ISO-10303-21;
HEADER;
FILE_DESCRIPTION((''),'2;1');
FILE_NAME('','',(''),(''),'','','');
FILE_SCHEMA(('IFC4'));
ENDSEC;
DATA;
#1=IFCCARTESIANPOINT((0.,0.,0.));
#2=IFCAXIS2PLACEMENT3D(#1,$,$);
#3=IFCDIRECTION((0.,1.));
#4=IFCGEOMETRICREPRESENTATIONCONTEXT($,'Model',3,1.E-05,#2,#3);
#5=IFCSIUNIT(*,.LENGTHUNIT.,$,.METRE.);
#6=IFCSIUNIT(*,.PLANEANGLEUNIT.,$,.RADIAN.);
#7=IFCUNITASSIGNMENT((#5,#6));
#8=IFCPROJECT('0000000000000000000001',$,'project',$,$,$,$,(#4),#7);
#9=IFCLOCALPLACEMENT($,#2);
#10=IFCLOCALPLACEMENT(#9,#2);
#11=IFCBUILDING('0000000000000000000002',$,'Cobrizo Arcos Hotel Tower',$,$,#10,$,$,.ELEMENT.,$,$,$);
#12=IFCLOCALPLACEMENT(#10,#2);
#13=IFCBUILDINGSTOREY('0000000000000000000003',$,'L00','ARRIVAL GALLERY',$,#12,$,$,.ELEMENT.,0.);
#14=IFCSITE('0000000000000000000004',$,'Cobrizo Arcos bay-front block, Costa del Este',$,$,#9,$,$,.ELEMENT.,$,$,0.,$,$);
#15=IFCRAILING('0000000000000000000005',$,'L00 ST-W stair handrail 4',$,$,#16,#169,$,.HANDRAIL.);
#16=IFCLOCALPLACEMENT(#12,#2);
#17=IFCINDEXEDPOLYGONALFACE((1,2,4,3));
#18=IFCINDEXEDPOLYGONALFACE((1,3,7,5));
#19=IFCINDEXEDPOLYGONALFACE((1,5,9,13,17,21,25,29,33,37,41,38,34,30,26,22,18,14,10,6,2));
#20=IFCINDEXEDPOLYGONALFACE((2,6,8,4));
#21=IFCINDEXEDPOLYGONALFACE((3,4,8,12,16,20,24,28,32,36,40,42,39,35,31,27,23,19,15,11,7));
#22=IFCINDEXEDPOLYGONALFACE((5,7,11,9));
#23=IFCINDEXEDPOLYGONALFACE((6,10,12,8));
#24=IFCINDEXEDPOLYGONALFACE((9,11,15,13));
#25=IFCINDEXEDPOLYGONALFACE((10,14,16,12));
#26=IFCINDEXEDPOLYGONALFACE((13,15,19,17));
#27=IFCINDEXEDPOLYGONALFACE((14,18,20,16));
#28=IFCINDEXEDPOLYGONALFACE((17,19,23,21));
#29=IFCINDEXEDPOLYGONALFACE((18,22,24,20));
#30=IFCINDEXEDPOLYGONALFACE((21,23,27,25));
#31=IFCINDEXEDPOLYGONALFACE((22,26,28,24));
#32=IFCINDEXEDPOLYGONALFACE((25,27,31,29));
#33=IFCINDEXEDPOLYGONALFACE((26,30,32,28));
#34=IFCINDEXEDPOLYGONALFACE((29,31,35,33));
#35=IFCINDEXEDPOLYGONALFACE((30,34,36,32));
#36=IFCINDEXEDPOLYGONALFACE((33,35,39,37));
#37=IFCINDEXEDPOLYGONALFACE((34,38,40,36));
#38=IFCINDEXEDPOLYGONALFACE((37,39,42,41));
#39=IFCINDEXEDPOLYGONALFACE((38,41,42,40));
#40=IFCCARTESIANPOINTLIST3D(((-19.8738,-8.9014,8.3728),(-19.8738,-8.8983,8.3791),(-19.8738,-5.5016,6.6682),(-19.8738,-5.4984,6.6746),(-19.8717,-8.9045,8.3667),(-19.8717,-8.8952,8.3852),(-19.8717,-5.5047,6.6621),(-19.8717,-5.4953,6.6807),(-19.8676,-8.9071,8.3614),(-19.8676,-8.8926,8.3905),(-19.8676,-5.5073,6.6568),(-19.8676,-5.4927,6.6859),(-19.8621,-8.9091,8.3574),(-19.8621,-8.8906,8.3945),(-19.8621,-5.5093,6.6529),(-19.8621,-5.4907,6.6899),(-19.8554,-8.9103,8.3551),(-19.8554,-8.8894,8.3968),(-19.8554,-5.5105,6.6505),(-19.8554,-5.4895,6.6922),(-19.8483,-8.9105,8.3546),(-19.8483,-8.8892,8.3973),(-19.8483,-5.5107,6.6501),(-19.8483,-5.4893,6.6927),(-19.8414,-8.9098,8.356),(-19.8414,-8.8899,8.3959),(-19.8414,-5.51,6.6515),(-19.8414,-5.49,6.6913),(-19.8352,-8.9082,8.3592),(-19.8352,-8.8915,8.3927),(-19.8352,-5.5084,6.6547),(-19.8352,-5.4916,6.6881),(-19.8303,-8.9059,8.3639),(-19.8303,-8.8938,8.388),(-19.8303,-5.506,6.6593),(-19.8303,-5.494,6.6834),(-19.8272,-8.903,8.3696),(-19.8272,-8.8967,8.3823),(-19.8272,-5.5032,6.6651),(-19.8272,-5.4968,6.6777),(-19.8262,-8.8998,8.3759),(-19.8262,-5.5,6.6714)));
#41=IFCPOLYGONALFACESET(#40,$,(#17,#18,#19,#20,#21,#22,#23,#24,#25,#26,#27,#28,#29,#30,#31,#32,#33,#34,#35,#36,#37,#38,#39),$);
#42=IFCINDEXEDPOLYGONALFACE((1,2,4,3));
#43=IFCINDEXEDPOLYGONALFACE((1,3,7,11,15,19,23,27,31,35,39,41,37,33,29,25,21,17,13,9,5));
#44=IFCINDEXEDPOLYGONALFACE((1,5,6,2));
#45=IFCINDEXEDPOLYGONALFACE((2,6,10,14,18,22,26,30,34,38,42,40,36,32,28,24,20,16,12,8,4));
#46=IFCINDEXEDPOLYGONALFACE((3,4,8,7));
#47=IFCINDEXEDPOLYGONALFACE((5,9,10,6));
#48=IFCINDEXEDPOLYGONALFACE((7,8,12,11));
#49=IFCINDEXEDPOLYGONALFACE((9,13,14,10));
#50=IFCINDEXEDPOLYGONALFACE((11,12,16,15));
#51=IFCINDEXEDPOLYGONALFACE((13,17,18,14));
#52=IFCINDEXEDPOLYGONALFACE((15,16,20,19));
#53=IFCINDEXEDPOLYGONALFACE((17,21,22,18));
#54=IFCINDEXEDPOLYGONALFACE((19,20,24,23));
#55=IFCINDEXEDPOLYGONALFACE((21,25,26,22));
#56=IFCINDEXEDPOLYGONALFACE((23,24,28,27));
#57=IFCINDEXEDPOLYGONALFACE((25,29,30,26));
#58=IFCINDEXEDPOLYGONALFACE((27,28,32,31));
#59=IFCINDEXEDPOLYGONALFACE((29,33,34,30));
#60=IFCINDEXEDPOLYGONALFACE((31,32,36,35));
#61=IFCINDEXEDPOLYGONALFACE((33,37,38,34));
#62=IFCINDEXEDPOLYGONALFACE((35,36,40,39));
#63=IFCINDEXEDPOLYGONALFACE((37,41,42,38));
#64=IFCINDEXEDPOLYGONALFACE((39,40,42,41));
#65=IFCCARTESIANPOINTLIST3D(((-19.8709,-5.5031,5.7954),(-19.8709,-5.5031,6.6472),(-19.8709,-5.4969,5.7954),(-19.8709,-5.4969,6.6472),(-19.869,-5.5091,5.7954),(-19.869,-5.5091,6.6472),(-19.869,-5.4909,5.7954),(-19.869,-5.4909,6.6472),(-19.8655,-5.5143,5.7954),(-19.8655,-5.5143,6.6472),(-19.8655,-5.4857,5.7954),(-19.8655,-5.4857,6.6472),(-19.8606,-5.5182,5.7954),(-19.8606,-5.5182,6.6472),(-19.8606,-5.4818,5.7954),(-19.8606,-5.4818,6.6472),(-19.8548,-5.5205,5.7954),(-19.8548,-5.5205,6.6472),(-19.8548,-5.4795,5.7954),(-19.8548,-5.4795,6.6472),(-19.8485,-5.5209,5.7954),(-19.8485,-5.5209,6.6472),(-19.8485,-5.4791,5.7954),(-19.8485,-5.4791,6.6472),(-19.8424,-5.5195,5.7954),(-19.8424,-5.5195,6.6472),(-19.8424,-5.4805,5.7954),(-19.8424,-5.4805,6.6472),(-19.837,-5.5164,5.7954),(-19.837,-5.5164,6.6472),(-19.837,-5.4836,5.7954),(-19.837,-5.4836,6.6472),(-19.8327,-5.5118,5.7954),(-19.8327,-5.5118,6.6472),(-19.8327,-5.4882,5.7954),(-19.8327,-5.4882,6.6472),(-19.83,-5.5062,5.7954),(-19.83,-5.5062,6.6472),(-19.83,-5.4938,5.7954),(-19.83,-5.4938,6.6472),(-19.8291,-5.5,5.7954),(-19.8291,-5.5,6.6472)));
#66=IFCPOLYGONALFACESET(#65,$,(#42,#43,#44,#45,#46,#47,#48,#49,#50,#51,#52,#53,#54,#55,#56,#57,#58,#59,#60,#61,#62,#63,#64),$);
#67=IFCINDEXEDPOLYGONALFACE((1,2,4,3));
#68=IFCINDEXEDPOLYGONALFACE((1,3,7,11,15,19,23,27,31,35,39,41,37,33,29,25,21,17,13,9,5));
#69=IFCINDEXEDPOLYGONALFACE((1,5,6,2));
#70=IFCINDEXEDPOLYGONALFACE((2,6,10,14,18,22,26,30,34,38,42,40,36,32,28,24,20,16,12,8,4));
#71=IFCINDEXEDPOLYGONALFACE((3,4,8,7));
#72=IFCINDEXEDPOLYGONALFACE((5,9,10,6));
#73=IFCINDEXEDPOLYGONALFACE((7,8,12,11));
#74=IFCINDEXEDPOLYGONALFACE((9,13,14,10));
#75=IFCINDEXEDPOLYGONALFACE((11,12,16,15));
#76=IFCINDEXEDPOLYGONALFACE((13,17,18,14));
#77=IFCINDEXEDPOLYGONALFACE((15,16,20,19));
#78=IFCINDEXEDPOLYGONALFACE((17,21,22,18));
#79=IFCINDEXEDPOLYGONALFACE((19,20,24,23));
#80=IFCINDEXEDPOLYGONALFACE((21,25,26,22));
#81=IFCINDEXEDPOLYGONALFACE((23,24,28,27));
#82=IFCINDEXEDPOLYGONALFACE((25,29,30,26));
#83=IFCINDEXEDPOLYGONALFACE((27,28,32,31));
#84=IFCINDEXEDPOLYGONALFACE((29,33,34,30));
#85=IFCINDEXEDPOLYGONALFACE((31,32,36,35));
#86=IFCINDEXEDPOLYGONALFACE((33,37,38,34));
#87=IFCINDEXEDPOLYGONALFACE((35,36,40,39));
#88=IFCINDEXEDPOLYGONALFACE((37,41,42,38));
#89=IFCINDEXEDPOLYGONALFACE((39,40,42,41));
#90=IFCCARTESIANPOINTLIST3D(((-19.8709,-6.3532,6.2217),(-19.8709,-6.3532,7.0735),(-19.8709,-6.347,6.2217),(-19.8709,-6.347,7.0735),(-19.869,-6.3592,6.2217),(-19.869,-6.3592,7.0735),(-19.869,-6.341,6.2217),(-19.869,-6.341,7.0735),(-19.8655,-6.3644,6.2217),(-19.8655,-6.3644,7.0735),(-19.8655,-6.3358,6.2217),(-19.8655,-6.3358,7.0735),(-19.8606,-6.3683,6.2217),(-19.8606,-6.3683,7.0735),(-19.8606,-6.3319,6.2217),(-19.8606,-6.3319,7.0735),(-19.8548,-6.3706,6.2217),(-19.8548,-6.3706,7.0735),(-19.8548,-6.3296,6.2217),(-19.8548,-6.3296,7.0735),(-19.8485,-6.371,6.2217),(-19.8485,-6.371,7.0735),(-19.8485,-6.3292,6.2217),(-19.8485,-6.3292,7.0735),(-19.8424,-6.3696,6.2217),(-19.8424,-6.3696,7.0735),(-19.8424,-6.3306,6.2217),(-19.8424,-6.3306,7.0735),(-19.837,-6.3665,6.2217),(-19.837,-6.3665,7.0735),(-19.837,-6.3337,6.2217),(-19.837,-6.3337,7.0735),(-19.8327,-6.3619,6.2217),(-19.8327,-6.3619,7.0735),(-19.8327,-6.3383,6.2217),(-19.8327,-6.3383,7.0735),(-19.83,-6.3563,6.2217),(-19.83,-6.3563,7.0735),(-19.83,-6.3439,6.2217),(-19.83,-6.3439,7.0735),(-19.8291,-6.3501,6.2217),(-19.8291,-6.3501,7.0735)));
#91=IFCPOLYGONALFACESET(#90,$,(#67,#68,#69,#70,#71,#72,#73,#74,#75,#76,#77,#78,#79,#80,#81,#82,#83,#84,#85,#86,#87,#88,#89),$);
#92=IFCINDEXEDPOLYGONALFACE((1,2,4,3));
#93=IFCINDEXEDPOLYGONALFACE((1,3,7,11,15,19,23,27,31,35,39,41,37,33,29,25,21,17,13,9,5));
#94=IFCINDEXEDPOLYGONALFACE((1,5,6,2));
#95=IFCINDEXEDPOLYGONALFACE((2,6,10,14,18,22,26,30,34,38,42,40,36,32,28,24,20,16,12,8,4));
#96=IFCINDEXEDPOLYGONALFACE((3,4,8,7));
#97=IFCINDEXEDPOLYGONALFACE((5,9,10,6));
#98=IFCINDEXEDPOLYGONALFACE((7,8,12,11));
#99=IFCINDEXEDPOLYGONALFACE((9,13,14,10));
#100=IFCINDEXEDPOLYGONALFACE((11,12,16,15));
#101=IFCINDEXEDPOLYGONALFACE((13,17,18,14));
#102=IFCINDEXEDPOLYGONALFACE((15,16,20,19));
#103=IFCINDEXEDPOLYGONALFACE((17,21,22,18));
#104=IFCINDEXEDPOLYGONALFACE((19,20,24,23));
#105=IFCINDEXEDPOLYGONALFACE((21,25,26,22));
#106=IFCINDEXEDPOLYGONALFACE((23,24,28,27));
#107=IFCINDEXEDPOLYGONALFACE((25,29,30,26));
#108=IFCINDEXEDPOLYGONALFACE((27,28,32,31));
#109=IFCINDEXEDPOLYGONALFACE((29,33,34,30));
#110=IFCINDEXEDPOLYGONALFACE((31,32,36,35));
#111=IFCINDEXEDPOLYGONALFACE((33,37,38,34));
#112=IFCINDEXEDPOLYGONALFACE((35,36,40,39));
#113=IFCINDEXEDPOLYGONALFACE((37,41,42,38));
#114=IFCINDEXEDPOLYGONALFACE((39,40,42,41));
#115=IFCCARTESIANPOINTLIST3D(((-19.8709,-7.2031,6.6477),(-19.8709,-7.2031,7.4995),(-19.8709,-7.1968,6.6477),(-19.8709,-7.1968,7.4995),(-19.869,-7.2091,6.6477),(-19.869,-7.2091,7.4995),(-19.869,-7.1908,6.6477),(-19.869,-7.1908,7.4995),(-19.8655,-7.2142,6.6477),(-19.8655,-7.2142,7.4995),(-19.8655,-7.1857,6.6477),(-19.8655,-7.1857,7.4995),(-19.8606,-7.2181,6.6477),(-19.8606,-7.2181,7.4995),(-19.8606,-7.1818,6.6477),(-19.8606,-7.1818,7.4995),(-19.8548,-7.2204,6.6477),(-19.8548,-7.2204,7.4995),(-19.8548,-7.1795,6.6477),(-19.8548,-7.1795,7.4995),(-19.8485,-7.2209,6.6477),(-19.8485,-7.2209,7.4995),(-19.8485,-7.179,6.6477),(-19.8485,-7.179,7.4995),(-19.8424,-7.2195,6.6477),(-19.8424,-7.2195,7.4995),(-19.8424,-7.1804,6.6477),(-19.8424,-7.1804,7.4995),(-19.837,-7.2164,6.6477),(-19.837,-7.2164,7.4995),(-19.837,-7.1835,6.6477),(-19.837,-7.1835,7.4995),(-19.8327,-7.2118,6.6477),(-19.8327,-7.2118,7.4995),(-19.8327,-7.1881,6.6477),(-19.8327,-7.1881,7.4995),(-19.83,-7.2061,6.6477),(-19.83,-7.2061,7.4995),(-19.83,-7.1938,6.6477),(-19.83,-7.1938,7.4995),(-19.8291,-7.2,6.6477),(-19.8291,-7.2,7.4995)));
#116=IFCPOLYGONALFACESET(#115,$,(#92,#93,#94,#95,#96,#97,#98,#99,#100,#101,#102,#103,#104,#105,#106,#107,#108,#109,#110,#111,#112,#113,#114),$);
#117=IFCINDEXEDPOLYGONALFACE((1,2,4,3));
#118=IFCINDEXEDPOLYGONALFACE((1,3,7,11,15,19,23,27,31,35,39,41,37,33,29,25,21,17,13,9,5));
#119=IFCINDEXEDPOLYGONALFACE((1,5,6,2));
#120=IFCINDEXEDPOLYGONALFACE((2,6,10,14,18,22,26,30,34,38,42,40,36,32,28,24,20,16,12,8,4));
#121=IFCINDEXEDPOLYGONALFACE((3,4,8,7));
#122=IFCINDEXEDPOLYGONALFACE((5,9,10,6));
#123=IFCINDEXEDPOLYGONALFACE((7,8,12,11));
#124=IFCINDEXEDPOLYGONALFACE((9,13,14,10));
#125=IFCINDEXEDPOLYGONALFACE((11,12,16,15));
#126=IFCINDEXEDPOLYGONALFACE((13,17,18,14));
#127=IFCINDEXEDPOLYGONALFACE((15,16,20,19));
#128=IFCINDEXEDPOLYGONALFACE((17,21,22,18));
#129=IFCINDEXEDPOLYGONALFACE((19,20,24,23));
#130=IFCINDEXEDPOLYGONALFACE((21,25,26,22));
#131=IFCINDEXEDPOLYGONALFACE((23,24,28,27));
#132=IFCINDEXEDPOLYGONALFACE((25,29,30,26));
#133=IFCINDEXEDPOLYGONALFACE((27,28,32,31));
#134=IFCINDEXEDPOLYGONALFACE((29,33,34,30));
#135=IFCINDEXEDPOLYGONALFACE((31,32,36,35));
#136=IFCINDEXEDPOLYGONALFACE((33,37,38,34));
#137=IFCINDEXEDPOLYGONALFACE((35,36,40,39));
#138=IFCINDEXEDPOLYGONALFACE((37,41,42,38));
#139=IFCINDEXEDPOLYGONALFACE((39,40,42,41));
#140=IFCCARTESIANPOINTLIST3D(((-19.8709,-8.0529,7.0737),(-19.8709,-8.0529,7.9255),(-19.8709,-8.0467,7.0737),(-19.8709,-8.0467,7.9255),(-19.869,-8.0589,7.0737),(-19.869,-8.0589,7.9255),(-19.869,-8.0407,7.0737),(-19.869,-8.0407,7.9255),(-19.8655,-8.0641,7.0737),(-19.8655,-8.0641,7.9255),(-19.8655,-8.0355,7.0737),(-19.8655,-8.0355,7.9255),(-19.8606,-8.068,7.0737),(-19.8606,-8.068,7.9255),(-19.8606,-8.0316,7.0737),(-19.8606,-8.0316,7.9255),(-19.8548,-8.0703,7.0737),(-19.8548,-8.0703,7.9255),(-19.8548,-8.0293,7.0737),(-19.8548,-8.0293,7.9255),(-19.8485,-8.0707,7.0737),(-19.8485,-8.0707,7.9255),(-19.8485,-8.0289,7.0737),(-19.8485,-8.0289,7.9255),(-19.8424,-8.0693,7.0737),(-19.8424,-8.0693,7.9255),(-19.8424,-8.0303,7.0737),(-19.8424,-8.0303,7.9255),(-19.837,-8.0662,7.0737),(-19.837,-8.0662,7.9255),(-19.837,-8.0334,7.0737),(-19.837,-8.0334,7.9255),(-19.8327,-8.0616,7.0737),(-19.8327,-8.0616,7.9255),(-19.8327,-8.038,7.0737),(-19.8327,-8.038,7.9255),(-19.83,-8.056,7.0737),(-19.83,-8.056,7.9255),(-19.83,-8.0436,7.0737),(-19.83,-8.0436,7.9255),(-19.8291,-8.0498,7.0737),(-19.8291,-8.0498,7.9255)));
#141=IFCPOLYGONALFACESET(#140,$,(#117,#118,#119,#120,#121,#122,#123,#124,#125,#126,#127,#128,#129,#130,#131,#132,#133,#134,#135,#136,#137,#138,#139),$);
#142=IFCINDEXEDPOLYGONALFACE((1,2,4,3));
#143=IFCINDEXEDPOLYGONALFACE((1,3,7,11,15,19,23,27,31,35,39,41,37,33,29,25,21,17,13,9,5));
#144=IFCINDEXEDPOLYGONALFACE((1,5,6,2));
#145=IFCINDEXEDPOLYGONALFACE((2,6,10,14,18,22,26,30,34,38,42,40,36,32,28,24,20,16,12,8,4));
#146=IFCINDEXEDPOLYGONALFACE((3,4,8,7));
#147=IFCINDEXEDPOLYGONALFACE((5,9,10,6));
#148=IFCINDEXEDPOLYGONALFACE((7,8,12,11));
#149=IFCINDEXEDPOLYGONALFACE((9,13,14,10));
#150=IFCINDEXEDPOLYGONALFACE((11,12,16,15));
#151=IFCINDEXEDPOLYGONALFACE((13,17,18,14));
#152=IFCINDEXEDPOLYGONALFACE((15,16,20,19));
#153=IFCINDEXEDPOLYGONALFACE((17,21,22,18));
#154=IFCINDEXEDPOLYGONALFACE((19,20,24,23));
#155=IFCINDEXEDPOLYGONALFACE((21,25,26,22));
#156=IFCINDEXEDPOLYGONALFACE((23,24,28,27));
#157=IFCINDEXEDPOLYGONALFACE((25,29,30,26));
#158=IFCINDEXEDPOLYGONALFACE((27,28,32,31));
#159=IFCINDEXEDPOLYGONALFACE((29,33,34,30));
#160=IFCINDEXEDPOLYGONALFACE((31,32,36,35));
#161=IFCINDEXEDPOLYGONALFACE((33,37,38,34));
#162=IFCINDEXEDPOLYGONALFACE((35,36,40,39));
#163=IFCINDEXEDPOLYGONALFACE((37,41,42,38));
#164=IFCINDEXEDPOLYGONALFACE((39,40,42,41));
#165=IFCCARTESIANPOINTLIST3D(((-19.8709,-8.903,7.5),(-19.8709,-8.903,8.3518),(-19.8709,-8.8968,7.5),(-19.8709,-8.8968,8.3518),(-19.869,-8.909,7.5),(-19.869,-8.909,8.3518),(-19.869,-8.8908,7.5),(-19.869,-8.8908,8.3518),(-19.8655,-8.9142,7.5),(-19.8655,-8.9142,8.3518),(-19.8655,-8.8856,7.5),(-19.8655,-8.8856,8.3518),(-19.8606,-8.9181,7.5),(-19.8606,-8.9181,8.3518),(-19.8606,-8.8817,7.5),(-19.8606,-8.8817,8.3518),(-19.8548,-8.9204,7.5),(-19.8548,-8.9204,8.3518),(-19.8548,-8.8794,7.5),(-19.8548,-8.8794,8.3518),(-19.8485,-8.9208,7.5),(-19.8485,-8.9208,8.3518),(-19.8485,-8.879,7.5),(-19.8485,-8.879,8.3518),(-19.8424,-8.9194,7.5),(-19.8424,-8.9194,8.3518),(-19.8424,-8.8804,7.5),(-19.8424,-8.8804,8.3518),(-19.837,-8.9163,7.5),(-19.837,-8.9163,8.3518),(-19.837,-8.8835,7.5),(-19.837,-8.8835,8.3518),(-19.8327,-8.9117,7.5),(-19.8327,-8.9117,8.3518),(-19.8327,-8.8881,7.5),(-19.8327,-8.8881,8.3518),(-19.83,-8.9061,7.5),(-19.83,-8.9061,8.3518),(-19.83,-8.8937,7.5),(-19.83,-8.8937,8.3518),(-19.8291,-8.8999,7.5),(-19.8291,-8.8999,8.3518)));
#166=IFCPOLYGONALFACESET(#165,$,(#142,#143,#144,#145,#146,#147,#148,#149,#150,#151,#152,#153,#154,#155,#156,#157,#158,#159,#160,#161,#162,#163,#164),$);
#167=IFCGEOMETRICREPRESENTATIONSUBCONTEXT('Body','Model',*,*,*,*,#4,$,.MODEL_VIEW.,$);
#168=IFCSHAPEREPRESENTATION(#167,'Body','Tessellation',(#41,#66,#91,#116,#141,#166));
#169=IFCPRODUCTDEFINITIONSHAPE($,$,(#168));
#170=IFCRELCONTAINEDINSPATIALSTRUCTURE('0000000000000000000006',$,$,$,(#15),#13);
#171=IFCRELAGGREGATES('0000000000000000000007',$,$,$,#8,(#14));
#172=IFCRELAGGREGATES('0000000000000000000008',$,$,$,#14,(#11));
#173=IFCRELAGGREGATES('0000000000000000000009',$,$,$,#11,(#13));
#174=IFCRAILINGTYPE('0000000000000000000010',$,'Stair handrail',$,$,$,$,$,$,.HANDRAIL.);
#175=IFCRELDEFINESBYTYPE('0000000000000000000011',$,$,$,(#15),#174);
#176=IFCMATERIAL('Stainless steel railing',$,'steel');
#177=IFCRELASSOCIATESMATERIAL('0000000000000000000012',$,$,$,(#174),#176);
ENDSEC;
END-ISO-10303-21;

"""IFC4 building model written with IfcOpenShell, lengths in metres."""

from ifc_helpers import new_model, si_unit, direction, frame, origin, origin_2d, place, context, subcontext, project, spatial, circle, extrude, material, type_object, element, save


model = new_model("IFC4")

# Units and contexts
model_context = context("Model", 3, precision=1e-05, world=origin(), true_north=direction((0.0, 1.0)))
body_context = subcontext(model_context, "Body", "Model", "MODEL_VIEW")
ifc_project = project(units=[si_unit("LENGTHUNIT", "METRE"), si_unit("PLANEANGLEUNIT", "RADIAN")], contexts=[model_context])

# Site, building, storey
site_placement = place(None, origin())
site = spatial("IfcSite", under=ifc_project, at=site_placement, Name="Cobrizo Arcos bay-front block, Costa del Este", CompositionType="ELEMENT", RefElevation=0.0)
building_placement = place(site_placement, origin())
building = spatial("IfcBuilding", under=site, at=building_placement, Name="Cobrizo Arcos Hotel Tower", CompositionType="ELEMENT")
storey_placement = place(building_placement, origin())
storey = spatial("IfcBuildingStorey", under=building, at=storey_placement, Name="L00", Description="ARRIVAL GALLERY", CompositionType="ELEMENT", Elevation=0.0)

# Railing
ifc_material_1 = material(Name="Stainless steel railing", Category="steel")
railing_type_1 = type_object("IfcRailingType", Name="Stair handrail", PredefinedType="HANDRAIL", material=ifc_material_1)
for number, where, name in (
    (1, (-19.8501, -5.5, 5.7954), "L00 ST-W stair handrail 4"),
):
    element("IfcRailing", number, at=place(storey_placement, frame(where)), inside=storey, type_object=railing_type_1, Name=name, PredefinedType="HANDRAIL", context=body_context, shape_type="SweptSolid", body=[
        extrude(circle(Radius=0.0239, at=origin_2d()), frame((0.0, 0.0, 0.876), z_axis=(0.0, -0.893939, 0.448189), x_axis=(1.0, 0.0, 0.0)), (0.0, 0.0, 1.0), 3.8032),
        extrude(circle(Radius=0.021, at=origin_2d()), origin(), (0.0, 0.0, 1.0), 0.8518),
        extrude(circle(Radius=0.021, at=origin_2d()), frame((0.0, -0.8501, 0.4263)), (0.0, 0.0, 1.0), 0.8518),
        extrude(circle(Radius=0.021, at=origin_2d()), frame((0.0, -1.7, 0.8523)), (0.0, 0.0, 1.0), 0.8518),
        extrude(circle(Radius=0.021, at=origin_2d()), frame((0.0, -2.5498, 1.2783)), (0.0, 0.0, 1.0), 0.8518),
        extrude(circle(Radius=0.021, at=origin_2d()), frame((0.0, -3.3999, 1.7046)), (0.0, 0.0, 1.0), 0.8518),
    ])

save(model, "model.ifc")
